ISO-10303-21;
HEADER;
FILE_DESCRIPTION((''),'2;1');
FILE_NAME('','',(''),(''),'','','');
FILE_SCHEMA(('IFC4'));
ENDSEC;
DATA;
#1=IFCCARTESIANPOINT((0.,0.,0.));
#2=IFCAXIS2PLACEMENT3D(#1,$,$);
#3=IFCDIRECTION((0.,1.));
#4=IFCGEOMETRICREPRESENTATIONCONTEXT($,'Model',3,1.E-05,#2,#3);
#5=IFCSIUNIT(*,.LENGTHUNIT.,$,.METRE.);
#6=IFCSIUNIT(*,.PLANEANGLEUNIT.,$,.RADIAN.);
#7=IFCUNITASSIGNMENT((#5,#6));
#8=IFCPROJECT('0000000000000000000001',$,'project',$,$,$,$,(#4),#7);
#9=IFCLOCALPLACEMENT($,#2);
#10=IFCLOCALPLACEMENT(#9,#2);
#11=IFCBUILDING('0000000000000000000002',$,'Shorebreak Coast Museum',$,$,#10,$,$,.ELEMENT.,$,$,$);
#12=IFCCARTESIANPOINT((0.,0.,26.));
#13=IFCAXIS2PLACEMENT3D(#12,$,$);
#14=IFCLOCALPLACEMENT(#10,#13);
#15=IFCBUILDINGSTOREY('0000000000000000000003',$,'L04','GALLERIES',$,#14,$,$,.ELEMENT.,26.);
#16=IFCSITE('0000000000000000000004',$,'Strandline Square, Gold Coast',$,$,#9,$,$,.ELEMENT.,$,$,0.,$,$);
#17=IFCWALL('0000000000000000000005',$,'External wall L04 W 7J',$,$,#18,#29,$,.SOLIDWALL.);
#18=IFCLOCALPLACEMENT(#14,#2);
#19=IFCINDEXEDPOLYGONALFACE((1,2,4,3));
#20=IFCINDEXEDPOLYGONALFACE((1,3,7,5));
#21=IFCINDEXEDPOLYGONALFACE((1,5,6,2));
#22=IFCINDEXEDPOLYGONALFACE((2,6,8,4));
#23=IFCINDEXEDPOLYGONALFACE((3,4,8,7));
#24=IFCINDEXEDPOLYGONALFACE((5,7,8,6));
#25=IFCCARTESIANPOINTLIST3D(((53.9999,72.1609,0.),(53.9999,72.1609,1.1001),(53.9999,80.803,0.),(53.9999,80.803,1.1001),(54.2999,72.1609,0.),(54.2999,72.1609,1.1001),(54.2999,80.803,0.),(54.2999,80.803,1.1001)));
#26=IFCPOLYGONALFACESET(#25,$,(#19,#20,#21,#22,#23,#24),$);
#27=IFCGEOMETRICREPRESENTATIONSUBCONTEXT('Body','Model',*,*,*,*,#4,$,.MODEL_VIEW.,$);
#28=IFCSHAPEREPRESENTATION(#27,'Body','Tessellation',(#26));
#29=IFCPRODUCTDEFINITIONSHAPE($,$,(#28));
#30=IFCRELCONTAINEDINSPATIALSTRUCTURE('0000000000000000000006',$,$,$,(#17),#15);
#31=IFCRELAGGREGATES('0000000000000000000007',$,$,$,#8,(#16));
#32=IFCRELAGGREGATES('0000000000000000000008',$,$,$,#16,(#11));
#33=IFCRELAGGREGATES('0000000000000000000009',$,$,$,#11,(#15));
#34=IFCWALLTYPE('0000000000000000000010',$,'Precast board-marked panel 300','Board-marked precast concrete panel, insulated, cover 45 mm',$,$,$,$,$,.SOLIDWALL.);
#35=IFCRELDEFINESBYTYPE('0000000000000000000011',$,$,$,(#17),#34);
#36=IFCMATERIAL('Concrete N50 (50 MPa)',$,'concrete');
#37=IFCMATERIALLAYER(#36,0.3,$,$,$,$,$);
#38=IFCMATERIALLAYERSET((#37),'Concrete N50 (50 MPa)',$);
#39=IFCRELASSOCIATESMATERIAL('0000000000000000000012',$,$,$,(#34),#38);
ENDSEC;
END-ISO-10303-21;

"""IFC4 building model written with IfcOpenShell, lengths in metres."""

from ifc_helpers import new_model, si_unit, direction, frame, frame_2d, origin, place, context, subcontext, project, spatial, rectangle, extrude, material, layer, layer_set, type_object, element, save


model = new_model("IFC4")

# Units and contexts
model_context = context("Model", 3, precision=1e-05, world=origin(), true_north=direction((0.0, 1.0)))
body_context = subcontext(model_context, "Body", "Model", "MODEL_VIEW")
ifc_project = project(units=[si_unit("LENGTHUNIT", "METRE"), si_unit("PLANEANGLEUNIT", "RADIAN")], contexts=[model_context])

# Site, building, storey
site_placement = place(None, origin())
site = spatial("IfcSite", under=ifc_project, at=site_placement, Name="Strandline Square, Gold Coast", CompositionType="ELEMENT", RefElevation=0.0)
building_placement = place(site_placement, origin())
building = spatial("IfcBuilding", under=site, at=building_placement, Name="Shorebreak Coast Museum", CompositionType="ELEMENT")
storey_placement = place(building_placement, frame((0.0, 0.0, 26.0)))
storey = spatial("IfcBuildingStorey", under=building, at=storey_placement, Name="L04", Description="GALLERIES", CompositionType="ELEMENT", Elevation=26.0)

# Wall
ifc_material_1 = material(Name="Concrete N50 (50 MPa)", Category="concrete")
ifc_layer_1 = layer(ifc_material_1, 0.3)
ifc_layer_set_1 = layer_set([ifc_layer_1], Name="Concrete N50 (50 MPa)")
wall_type_1 = type_object("IfcWallType", Name="Precast board-marked panel 300", Description="Board-marked precast concrete panel, insulated, cover 45 mm", PredefinedType="SOLIDWALL", material=ifc_layer_set_1)
wall_1_placement = place(storey_placement, frame((54.1499, 72.1609, 0.0), z_axis=(0.0, 0.0, 1.0), x_axis=(0.0, 1.0, 0.0)))
element("IfcWall", 1, at=wall_1_placement, inside=storey, type_object=wall_type_1, Name="External wall L04 W 7J", PredefinedType="SOLIDWALL", context=body_context, shape_type="SweptSolid", body=[
    extrude(rectangle(XDim=8.6421, YDim=0.3, at=frame_2d((4.321, 0.0))), origin(), (0.0, 0.0, 1.0), 1.1001),
])

save(model, "model.ifc")
